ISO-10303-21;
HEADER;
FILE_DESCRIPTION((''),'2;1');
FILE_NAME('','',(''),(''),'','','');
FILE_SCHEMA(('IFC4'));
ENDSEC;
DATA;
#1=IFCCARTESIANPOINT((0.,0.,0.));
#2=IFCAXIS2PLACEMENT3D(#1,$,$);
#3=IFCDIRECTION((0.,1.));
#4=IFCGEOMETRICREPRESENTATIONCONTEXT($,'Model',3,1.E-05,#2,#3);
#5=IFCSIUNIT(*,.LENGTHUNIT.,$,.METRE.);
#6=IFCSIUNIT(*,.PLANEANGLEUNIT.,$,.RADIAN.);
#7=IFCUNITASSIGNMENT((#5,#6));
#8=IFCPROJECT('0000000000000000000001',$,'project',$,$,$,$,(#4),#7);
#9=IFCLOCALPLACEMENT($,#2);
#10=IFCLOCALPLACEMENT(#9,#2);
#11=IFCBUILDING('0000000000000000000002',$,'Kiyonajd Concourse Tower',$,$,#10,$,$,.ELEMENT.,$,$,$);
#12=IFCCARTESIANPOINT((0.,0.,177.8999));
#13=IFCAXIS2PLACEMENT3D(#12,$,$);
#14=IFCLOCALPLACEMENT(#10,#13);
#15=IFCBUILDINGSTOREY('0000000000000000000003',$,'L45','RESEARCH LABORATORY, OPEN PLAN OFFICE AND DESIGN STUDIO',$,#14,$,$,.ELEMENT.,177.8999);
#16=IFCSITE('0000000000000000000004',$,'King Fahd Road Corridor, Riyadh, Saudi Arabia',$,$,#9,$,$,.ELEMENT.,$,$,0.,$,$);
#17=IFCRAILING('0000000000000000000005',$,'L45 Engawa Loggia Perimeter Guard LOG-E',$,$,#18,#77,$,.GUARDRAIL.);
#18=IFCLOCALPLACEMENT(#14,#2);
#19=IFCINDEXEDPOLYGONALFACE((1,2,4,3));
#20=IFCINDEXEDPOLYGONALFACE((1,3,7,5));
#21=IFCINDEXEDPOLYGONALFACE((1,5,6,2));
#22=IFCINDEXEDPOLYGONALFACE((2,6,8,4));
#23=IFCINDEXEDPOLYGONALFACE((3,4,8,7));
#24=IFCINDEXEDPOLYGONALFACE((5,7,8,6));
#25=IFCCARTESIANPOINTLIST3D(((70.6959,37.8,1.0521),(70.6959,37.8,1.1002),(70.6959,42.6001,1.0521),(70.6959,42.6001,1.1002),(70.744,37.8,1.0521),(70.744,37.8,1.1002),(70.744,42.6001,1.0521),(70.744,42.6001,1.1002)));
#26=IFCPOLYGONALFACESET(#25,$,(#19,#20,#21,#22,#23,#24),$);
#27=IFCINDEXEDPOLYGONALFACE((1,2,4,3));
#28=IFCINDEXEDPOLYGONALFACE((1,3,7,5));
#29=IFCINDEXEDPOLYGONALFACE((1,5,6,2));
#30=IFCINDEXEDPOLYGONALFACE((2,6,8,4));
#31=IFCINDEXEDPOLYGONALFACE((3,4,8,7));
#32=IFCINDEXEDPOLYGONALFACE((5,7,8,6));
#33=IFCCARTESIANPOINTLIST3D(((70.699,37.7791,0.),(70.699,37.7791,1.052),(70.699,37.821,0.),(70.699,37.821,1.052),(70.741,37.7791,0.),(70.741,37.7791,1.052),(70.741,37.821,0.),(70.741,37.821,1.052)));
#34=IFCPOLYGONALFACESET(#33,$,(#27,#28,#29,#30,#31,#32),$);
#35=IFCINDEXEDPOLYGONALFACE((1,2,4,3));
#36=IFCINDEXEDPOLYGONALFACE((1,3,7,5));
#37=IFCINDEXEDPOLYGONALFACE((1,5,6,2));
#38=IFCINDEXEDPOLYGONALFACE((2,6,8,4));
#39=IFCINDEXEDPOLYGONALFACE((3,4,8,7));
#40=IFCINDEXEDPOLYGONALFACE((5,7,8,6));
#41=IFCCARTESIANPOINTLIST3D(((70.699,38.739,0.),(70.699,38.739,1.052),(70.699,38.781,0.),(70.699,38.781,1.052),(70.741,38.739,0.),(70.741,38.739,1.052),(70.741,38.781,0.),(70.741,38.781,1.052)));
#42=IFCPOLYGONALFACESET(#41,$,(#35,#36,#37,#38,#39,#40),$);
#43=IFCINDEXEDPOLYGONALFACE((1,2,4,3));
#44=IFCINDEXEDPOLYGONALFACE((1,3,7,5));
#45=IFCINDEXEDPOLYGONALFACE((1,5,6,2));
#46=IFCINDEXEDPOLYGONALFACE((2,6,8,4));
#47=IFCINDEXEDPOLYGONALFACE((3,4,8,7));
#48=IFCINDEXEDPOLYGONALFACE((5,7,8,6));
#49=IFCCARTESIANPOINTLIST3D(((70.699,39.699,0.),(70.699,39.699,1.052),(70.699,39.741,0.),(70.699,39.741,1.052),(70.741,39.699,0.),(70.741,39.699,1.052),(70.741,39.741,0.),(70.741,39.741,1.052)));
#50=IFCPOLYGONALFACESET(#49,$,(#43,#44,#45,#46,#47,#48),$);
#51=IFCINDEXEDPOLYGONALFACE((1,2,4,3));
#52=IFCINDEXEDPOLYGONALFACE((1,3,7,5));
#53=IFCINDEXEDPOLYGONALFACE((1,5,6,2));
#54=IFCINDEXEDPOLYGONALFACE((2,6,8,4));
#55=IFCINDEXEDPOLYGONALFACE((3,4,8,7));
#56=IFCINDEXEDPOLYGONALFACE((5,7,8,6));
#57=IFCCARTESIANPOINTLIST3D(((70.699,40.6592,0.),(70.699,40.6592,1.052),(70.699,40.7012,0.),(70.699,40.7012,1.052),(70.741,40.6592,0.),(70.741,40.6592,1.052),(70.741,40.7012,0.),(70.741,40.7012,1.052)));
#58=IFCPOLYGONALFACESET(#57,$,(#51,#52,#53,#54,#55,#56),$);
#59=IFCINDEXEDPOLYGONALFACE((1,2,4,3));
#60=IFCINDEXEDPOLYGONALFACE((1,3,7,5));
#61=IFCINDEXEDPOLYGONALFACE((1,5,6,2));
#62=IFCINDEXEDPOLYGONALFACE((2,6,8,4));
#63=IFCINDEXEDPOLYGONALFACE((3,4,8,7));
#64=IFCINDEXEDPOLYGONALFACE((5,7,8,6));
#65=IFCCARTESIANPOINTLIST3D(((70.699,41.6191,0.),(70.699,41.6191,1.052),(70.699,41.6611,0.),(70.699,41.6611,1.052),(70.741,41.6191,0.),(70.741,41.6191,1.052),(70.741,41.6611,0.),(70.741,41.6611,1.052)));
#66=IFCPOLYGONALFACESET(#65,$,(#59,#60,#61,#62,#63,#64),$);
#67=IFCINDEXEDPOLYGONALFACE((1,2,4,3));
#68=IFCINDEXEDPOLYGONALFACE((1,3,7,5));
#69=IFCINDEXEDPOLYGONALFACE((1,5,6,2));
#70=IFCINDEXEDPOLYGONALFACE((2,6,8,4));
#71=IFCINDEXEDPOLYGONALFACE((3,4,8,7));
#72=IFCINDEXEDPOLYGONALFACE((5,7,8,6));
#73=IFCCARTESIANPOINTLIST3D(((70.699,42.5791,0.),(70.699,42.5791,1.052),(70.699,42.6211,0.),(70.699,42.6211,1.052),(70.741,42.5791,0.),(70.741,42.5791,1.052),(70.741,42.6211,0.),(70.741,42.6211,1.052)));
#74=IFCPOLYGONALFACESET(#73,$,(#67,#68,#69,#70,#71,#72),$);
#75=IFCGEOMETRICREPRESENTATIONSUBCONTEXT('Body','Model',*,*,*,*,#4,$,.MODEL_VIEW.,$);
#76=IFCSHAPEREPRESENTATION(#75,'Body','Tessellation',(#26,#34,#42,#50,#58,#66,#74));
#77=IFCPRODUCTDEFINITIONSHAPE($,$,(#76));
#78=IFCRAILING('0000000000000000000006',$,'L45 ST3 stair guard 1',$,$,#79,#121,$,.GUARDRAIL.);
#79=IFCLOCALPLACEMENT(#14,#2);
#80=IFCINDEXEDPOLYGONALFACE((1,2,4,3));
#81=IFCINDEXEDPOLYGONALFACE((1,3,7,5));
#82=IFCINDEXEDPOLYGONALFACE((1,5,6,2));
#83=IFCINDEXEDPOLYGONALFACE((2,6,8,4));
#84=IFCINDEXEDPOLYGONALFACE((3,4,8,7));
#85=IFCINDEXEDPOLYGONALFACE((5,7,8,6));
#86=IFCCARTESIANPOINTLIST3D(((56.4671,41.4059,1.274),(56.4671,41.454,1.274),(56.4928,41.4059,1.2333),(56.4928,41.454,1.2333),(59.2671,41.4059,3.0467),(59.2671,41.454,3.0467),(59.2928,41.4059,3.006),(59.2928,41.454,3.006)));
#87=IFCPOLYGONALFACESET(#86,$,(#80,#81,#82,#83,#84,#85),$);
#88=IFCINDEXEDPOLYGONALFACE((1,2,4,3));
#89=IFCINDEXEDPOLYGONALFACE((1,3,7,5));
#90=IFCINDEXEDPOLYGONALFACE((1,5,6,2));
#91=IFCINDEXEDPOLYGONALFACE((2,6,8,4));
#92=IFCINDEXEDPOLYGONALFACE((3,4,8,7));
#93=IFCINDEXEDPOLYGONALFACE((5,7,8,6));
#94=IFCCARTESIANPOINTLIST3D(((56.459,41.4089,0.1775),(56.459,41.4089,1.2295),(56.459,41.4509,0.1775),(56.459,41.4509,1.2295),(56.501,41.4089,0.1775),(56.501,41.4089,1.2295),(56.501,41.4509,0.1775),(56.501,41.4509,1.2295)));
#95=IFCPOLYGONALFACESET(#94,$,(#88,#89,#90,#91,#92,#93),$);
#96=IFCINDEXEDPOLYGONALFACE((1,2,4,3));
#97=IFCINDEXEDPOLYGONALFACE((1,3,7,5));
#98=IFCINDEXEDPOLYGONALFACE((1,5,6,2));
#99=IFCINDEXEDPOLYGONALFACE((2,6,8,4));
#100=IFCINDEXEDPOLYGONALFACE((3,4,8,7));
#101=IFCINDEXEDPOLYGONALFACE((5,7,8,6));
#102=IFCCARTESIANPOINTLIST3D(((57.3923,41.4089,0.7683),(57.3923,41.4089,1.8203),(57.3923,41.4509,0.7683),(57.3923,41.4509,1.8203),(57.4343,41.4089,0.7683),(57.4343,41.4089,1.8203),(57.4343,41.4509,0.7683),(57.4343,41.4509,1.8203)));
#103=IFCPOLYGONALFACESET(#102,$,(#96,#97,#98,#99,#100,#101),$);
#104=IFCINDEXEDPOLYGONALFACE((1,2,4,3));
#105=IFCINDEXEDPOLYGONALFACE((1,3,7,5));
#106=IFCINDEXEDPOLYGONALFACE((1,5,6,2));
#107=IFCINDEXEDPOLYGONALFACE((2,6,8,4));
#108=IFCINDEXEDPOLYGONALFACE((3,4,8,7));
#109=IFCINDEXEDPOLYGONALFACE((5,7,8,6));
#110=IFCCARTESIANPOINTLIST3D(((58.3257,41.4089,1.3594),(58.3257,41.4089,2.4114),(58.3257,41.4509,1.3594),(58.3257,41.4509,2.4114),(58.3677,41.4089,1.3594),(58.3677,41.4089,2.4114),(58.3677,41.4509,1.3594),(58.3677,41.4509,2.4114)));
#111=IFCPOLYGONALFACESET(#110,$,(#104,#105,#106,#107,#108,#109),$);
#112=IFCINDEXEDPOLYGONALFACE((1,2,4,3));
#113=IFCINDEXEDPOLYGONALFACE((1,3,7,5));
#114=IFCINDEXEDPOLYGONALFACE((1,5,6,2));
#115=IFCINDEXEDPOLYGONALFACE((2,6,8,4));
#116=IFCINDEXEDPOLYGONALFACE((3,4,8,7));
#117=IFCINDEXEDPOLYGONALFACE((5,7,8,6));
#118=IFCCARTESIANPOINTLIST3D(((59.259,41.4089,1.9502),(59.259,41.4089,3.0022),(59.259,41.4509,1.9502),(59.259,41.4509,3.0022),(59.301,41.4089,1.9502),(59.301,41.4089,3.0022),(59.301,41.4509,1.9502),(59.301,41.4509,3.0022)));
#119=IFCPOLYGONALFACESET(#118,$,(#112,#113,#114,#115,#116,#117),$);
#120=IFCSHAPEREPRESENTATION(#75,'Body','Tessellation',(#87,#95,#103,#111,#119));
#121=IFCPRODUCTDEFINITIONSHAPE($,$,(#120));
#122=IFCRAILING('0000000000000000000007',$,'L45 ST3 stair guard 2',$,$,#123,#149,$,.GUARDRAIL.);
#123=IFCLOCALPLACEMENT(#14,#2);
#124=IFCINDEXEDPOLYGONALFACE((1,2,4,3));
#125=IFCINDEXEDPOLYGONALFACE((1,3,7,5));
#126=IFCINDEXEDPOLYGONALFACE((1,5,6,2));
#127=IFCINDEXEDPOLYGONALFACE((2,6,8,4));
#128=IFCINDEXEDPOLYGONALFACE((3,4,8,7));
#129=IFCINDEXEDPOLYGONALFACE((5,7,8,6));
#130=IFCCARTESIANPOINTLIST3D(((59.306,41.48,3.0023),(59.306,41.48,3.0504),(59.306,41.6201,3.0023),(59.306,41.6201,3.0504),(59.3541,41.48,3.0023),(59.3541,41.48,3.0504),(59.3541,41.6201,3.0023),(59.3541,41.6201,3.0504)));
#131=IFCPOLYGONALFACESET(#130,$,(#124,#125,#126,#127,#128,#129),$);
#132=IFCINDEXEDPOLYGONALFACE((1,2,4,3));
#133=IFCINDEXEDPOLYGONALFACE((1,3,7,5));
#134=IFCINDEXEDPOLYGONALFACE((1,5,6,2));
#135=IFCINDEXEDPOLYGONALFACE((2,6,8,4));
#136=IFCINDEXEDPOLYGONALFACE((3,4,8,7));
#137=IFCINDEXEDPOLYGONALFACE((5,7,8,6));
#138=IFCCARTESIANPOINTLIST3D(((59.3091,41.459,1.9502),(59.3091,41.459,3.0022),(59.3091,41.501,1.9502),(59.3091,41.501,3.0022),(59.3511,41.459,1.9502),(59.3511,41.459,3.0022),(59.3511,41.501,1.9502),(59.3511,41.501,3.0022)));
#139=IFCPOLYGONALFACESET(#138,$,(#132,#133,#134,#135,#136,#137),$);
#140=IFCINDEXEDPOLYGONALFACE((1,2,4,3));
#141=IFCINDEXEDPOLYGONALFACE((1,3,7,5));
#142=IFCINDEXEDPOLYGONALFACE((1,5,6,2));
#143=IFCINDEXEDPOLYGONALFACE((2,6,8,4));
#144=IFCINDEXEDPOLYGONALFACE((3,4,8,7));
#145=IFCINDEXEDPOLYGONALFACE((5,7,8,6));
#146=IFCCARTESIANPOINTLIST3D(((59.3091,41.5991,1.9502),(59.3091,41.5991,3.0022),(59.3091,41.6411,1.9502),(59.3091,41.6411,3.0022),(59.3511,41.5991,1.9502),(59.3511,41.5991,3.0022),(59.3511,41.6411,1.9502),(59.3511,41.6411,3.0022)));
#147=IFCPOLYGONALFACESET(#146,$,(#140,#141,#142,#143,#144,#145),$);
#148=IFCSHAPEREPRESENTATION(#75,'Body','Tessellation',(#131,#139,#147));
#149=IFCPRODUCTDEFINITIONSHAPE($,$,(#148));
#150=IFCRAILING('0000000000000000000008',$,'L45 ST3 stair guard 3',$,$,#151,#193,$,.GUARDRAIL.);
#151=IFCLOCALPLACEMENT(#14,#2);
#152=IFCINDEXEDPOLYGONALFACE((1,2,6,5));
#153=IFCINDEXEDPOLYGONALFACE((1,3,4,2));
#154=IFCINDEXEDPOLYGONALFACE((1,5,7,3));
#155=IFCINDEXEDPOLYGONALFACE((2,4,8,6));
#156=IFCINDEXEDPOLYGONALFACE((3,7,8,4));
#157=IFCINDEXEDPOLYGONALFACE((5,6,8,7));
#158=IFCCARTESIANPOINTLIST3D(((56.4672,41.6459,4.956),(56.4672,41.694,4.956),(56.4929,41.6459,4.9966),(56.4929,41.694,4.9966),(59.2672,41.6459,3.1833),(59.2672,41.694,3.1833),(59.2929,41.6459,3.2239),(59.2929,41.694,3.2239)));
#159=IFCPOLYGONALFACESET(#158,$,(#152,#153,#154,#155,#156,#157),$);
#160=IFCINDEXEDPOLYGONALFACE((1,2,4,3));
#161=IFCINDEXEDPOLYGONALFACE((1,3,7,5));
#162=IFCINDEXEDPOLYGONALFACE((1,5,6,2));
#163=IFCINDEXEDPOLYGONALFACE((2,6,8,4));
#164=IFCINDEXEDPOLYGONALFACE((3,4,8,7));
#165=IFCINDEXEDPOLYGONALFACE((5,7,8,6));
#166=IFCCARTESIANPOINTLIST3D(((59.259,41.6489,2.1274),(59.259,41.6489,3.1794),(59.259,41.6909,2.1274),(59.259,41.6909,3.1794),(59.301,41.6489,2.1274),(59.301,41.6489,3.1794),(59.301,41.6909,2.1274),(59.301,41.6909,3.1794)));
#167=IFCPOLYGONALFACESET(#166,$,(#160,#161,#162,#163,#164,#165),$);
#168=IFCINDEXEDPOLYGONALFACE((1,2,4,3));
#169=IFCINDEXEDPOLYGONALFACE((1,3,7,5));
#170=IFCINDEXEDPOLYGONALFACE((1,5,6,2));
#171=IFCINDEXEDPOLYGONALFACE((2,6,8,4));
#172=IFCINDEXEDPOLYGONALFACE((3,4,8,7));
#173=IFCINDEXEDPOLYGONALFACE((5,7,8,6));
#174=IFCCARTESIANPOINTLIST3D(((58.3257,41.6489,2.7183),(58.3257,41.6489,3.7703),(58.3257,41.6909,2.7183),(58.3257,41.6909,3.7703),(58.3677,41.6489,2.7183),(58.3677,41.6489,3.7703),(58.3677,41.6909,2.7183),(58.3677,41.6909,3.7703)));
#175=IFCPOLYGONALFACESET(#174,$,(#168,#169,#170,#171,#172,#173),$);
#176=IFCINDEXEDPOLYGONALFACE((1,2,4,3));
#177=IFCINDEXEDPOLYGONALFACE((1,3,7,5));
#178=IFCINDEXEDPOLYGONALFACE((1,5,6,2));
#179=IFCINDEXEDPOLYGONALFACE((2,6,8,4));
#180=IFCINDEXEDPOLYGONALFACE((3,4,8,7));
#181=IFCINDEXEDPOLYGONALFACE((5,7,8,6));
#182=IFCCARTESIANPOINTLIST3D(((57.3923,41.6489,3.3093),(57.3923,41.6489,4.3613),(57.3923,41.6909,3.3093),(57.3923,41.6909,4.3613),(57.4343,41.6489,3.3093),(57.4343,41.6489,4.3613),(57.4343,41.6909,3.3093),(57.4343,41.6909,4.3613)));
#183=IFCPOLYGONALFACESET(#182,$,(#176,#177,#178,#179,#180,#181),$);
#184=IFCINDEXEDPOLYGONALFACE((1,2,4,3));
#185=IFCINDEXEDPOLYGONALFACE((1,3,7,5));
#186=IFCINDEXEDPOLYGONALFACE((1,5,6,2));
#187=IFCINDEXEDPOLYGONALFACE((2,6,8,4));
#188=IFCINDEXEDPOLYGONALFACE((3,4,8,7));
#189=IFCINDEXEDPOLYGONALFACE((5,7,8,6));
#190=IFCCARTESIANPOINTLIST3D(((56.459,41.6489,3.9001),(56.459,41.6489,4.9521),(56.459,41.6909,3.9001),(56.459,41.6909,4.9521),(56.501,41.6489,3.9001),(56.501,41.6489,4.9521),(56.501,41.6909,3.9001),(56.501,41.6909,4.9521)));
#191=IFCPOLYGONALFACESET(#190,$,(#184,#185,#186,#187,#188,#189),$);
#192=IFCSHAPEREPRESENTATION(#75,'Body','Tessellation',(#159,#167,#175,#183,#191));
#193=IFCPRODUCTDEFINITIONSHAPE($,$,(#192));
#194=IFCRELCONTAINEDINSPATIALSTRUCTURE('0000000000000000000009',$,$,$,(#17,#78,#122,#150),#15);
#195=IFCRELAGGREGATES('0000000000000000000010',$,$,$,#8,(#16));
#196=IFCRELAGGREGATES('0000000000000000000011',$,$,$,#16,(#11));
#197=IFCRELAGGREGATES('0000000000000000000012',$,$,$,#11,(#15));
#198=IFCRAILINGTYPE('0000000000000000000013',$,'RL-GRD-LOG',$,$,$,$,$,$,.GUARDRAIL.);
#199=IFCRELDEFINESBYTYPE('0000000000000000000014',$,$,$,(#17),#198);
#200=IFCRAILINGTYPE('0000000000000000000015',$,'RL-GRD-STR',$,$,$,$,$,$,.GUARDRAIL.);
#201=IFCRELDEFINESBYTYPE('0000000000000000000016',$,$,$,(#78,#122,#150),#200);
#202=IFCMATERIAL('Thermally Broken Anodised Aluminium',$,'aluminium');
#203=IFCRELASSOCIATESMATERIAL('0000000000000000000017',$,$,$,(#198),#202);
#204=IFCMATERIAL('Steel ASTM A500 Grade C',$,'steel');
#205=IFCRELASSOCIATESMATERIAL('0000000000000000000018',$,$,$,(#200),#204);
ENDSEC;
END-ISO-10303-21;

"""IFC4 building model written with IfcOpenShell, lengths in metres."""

from ifc_helpers import new_model, si_unit, direction, frame, origin, origin_2d, place, context, subcontext, project, spatial, rectangle, extrude, material, type_object, element, save


model = new_model("IFC4")

# Units and contexts
model_context = context("Model", 3, precision=1e-05, world=origin(), true_north=direction((0.0, 1.0)))
body_context = subcontext(model_context, "Body", "Model", "MODEL_VIEW")
ifc_project = project(units=[si_unit("LENGTHUNIT", "METRE"), si_unit("PLANEANGLEUNIT", "RADIAN")], contexts=[model_context])

# Site, building, storey
site_placement = place(None, origin())
site = spatial("IfcSite", under=ifc_project, at=site_placement, Name="King Fahd Road Corridor, Riyadh, Saudi Arabia", CompositionType="ELEMENT", RefElevation=0.0)
building_placement = place(site_placement, origin())
building = spatial("IfcBuilding", under=site, at=building_placement, Name="Kiyonajd Concourse Tower", CompositionType="ELEMENT")
storey_placement = place(building_placement, frame((0.0, 0.0, 177.8999)))
storey = spatial("IfcBuildingStorey", under=building, at=storey_placement, Name="L45", Description="RESEARCH LABORATORY, OPEN PLAN OFFICE AND DESIGN STUDIO", CompositionType="ELEMENT", Elevation=177.8999)

# Shared definitions
ifc_material_1 = material(Name="Thermally Broken Anodised Aluminium", Category="aluminium")

# Railings
railing_type_1 = type_object("IfcRailingType", Name="RL-GRD-LOG", PredefinedType="GUARDRAIL", material=ifc_material_1)
railing_1_placement = place(storey_placement, frame((70.72, 37.8, 0.0)))
element("IfcRailing", 1, at=railing_1_placement, inside=storey, type_object=railing_type_1, Name="L45 Engawa Loggia Perimeter Guard LOG-E", PredefinedType="GUARDRAIL", context=body_context, shape_type="SweptSolid", body=[
    extrude(rectangle(XDim=0.0481, YDim=0.0481, at=origin_2d()), frame((0.0, 0.0, 1.0762), z_axis=(0.0, 1.0, 0.0), x_axis=(-1.0, 0.0, 0.0)), (0.0, 0.0, 1.0), 4.8),
    extrude(rectangle(XDim=0.042, YDim=0.042, at=origin_2d()), origin(), (0.0, 0.0, 1.0), 1.052),
    extrude(rectangle(XDim=0.042, YDim=0.042, at=origin_2d()), frame((0.0, 0.96, 0.0)), (0.0, 0.0, 1.0), 1.052),
    extrude(rectangle(XDim=0.042, YDim=0.042, at=origin_2d()), frame((0.0, 1.9199, 0.0)), (0.0, 0.0, 1.0), 1.052),
    extrude(rectangle(XDim=0.042, YDim=0.042, at=origin_2d()), frame((0.0, 2.8801, 0.0)), (0.0, 0.0, 1.0), 1.052),
    extrude(rectangle(XDim=0.042, YDim=0.042, at=origin_2d()), frame((0.0, 3.8401, 0.0)), (0.0, 0.0, 1.0), 1.052),
    extrude(rectangle(XDim=0.042, YDim=0.042, at=origin_2d()), frame((0.0, 4.8, 0.0)), (0.0, 0.0, 1.0), 1.052),
])
ifc_material_2 = material(Name="Steel ASTM A500 Grade C", Category="steel")
railing_type_2 = type_object("IfcRailingType", Name="RL-GRD-STR", PredefinedType="GUARDRAIL", material=ifc_material_2)
railing_2_placement = place(storey_placement, frame((56.48, 41.4299, 0.1775)))
element("IfcRailing", 2, at=railing_2_placement, inside=storey, type_object=railing_type_2, Name="L45 ST3 stair guard 1", PredefinedType="GUARDRAIL", context=body_context, shape_type="SweptSolid", body=[
    extrude(rectangle(XDim=0.0481, YDim=0.0481, at=origin_2d()), frame((0.0, 0.0, 1.0762), z_axis=(0.844909, 0.0, 0.53491), x_axis=(0.0, 1.0, 0.0)), (0.0, 0.0, 1.0), 3.314),
    extrude(rectangle(XDim=0.042, YDim=0.042, at=origin_2d()), origin(), (0.0, 0.0, 1.0), 1.052),
    extrude(rectangle(XDim=0.042, YDim=0.042, at=origin_2d()), frame((0.9333, 0.0, 0.5908)), (0.0, 0.0, 1.0), 1.052),
    extrude(rectangle(XDim=0.042, YDim=0.042, at=origin_2d()), frame((1.8667, 0.0, 1.1819)), (0.0, 0.0, 1.0), 1.052),
    extrude(rectangle(XDim=0.042, YDim=0.042, at=origin_2d()), frame((2.8, 0.0, 1.7727)), (0.0, 0.0, 1.0), 1.052),
])
railing_3_placement = place(storey_placement, frame((59.3301, 41.48, 1.9502)))
element("IfcRailing", 3, at=railing_3_placement, inside=storey, type_object=railing_type_2, Name="L45 ST3 stair guard 2", PredefinedType="GUARDRAIL", context=body_context, shape_type="SweptSolid", body=[
    extrude(rectangle(XDim=0.0481, YDim=0.0481, at=origin_2d()), frame((0.0, 0.0, 1.0762), z_axis=(0.0, 1.0, 0.0), x_axis=(-1.0, 0.0, 0.0)), (0.0, 0.0, 1.0), 0.1401),
    extrude(rectangle(XDim=0.042, YDim=0.042, at=origin_2d()), origin(), (0.0, 0.0, 1.0), 1.052),
    extrude(rectangle(XDim=0.042, YDim=0.042, at=origin_2d()), frame((0.0, 0.1401, 0.0)), (0.0, 0.0, 1.0), 1.052),
])
railing_4_placement = place(storey_placement, frame((59.28, 41.6699, 2.1274)))
element("IfcRailing", 4, at=railing_4_placement, inside=storey, type_object=railing_type_2, Name="L45 ST3 stair guard 3", PredefinedType="GUARDRAIL", context=body_context, shape_type="SweptSolid", body=[
    extrude(rectangle(XDim=0.0481, YDim=0.0481, at=origin_2d()), frame((0.0, 0.0, 1.0762), z_axis=(-0.844909, 0.0, 0.53491), x_axis=(0.0, -1.0, 0.0)), (0.0, 0.0, 1.0), 3.314),
    extrude(rectangle(XDim=0.042, YDim=0.042, at=origin_2d()), origin(), (0.0, 0.0, 1.0), 1.052),
    extrude(rectangle(XDim=0.042, YDim=0.042, at=origin_2d()), frame((-0.9333, 0.0, 0.5908)), (0.0, 0.0, 1.0), 1.052),
    extrude(rectangle(XDim=0.042, YDim=0.042, at=origin_2d()), frame((-1.8667, 0.0, 1.1819)), (0.0, 0.0, 1.0), 1.052),
    extrude(rectangle(XDim=0.042, YDim=0.042, at=origin_2d()), frame((-2.8, 0.0, 1.7727)), (0.0, 0.0, 1.0), 1.052),
])

save(model, "model.ifc")
